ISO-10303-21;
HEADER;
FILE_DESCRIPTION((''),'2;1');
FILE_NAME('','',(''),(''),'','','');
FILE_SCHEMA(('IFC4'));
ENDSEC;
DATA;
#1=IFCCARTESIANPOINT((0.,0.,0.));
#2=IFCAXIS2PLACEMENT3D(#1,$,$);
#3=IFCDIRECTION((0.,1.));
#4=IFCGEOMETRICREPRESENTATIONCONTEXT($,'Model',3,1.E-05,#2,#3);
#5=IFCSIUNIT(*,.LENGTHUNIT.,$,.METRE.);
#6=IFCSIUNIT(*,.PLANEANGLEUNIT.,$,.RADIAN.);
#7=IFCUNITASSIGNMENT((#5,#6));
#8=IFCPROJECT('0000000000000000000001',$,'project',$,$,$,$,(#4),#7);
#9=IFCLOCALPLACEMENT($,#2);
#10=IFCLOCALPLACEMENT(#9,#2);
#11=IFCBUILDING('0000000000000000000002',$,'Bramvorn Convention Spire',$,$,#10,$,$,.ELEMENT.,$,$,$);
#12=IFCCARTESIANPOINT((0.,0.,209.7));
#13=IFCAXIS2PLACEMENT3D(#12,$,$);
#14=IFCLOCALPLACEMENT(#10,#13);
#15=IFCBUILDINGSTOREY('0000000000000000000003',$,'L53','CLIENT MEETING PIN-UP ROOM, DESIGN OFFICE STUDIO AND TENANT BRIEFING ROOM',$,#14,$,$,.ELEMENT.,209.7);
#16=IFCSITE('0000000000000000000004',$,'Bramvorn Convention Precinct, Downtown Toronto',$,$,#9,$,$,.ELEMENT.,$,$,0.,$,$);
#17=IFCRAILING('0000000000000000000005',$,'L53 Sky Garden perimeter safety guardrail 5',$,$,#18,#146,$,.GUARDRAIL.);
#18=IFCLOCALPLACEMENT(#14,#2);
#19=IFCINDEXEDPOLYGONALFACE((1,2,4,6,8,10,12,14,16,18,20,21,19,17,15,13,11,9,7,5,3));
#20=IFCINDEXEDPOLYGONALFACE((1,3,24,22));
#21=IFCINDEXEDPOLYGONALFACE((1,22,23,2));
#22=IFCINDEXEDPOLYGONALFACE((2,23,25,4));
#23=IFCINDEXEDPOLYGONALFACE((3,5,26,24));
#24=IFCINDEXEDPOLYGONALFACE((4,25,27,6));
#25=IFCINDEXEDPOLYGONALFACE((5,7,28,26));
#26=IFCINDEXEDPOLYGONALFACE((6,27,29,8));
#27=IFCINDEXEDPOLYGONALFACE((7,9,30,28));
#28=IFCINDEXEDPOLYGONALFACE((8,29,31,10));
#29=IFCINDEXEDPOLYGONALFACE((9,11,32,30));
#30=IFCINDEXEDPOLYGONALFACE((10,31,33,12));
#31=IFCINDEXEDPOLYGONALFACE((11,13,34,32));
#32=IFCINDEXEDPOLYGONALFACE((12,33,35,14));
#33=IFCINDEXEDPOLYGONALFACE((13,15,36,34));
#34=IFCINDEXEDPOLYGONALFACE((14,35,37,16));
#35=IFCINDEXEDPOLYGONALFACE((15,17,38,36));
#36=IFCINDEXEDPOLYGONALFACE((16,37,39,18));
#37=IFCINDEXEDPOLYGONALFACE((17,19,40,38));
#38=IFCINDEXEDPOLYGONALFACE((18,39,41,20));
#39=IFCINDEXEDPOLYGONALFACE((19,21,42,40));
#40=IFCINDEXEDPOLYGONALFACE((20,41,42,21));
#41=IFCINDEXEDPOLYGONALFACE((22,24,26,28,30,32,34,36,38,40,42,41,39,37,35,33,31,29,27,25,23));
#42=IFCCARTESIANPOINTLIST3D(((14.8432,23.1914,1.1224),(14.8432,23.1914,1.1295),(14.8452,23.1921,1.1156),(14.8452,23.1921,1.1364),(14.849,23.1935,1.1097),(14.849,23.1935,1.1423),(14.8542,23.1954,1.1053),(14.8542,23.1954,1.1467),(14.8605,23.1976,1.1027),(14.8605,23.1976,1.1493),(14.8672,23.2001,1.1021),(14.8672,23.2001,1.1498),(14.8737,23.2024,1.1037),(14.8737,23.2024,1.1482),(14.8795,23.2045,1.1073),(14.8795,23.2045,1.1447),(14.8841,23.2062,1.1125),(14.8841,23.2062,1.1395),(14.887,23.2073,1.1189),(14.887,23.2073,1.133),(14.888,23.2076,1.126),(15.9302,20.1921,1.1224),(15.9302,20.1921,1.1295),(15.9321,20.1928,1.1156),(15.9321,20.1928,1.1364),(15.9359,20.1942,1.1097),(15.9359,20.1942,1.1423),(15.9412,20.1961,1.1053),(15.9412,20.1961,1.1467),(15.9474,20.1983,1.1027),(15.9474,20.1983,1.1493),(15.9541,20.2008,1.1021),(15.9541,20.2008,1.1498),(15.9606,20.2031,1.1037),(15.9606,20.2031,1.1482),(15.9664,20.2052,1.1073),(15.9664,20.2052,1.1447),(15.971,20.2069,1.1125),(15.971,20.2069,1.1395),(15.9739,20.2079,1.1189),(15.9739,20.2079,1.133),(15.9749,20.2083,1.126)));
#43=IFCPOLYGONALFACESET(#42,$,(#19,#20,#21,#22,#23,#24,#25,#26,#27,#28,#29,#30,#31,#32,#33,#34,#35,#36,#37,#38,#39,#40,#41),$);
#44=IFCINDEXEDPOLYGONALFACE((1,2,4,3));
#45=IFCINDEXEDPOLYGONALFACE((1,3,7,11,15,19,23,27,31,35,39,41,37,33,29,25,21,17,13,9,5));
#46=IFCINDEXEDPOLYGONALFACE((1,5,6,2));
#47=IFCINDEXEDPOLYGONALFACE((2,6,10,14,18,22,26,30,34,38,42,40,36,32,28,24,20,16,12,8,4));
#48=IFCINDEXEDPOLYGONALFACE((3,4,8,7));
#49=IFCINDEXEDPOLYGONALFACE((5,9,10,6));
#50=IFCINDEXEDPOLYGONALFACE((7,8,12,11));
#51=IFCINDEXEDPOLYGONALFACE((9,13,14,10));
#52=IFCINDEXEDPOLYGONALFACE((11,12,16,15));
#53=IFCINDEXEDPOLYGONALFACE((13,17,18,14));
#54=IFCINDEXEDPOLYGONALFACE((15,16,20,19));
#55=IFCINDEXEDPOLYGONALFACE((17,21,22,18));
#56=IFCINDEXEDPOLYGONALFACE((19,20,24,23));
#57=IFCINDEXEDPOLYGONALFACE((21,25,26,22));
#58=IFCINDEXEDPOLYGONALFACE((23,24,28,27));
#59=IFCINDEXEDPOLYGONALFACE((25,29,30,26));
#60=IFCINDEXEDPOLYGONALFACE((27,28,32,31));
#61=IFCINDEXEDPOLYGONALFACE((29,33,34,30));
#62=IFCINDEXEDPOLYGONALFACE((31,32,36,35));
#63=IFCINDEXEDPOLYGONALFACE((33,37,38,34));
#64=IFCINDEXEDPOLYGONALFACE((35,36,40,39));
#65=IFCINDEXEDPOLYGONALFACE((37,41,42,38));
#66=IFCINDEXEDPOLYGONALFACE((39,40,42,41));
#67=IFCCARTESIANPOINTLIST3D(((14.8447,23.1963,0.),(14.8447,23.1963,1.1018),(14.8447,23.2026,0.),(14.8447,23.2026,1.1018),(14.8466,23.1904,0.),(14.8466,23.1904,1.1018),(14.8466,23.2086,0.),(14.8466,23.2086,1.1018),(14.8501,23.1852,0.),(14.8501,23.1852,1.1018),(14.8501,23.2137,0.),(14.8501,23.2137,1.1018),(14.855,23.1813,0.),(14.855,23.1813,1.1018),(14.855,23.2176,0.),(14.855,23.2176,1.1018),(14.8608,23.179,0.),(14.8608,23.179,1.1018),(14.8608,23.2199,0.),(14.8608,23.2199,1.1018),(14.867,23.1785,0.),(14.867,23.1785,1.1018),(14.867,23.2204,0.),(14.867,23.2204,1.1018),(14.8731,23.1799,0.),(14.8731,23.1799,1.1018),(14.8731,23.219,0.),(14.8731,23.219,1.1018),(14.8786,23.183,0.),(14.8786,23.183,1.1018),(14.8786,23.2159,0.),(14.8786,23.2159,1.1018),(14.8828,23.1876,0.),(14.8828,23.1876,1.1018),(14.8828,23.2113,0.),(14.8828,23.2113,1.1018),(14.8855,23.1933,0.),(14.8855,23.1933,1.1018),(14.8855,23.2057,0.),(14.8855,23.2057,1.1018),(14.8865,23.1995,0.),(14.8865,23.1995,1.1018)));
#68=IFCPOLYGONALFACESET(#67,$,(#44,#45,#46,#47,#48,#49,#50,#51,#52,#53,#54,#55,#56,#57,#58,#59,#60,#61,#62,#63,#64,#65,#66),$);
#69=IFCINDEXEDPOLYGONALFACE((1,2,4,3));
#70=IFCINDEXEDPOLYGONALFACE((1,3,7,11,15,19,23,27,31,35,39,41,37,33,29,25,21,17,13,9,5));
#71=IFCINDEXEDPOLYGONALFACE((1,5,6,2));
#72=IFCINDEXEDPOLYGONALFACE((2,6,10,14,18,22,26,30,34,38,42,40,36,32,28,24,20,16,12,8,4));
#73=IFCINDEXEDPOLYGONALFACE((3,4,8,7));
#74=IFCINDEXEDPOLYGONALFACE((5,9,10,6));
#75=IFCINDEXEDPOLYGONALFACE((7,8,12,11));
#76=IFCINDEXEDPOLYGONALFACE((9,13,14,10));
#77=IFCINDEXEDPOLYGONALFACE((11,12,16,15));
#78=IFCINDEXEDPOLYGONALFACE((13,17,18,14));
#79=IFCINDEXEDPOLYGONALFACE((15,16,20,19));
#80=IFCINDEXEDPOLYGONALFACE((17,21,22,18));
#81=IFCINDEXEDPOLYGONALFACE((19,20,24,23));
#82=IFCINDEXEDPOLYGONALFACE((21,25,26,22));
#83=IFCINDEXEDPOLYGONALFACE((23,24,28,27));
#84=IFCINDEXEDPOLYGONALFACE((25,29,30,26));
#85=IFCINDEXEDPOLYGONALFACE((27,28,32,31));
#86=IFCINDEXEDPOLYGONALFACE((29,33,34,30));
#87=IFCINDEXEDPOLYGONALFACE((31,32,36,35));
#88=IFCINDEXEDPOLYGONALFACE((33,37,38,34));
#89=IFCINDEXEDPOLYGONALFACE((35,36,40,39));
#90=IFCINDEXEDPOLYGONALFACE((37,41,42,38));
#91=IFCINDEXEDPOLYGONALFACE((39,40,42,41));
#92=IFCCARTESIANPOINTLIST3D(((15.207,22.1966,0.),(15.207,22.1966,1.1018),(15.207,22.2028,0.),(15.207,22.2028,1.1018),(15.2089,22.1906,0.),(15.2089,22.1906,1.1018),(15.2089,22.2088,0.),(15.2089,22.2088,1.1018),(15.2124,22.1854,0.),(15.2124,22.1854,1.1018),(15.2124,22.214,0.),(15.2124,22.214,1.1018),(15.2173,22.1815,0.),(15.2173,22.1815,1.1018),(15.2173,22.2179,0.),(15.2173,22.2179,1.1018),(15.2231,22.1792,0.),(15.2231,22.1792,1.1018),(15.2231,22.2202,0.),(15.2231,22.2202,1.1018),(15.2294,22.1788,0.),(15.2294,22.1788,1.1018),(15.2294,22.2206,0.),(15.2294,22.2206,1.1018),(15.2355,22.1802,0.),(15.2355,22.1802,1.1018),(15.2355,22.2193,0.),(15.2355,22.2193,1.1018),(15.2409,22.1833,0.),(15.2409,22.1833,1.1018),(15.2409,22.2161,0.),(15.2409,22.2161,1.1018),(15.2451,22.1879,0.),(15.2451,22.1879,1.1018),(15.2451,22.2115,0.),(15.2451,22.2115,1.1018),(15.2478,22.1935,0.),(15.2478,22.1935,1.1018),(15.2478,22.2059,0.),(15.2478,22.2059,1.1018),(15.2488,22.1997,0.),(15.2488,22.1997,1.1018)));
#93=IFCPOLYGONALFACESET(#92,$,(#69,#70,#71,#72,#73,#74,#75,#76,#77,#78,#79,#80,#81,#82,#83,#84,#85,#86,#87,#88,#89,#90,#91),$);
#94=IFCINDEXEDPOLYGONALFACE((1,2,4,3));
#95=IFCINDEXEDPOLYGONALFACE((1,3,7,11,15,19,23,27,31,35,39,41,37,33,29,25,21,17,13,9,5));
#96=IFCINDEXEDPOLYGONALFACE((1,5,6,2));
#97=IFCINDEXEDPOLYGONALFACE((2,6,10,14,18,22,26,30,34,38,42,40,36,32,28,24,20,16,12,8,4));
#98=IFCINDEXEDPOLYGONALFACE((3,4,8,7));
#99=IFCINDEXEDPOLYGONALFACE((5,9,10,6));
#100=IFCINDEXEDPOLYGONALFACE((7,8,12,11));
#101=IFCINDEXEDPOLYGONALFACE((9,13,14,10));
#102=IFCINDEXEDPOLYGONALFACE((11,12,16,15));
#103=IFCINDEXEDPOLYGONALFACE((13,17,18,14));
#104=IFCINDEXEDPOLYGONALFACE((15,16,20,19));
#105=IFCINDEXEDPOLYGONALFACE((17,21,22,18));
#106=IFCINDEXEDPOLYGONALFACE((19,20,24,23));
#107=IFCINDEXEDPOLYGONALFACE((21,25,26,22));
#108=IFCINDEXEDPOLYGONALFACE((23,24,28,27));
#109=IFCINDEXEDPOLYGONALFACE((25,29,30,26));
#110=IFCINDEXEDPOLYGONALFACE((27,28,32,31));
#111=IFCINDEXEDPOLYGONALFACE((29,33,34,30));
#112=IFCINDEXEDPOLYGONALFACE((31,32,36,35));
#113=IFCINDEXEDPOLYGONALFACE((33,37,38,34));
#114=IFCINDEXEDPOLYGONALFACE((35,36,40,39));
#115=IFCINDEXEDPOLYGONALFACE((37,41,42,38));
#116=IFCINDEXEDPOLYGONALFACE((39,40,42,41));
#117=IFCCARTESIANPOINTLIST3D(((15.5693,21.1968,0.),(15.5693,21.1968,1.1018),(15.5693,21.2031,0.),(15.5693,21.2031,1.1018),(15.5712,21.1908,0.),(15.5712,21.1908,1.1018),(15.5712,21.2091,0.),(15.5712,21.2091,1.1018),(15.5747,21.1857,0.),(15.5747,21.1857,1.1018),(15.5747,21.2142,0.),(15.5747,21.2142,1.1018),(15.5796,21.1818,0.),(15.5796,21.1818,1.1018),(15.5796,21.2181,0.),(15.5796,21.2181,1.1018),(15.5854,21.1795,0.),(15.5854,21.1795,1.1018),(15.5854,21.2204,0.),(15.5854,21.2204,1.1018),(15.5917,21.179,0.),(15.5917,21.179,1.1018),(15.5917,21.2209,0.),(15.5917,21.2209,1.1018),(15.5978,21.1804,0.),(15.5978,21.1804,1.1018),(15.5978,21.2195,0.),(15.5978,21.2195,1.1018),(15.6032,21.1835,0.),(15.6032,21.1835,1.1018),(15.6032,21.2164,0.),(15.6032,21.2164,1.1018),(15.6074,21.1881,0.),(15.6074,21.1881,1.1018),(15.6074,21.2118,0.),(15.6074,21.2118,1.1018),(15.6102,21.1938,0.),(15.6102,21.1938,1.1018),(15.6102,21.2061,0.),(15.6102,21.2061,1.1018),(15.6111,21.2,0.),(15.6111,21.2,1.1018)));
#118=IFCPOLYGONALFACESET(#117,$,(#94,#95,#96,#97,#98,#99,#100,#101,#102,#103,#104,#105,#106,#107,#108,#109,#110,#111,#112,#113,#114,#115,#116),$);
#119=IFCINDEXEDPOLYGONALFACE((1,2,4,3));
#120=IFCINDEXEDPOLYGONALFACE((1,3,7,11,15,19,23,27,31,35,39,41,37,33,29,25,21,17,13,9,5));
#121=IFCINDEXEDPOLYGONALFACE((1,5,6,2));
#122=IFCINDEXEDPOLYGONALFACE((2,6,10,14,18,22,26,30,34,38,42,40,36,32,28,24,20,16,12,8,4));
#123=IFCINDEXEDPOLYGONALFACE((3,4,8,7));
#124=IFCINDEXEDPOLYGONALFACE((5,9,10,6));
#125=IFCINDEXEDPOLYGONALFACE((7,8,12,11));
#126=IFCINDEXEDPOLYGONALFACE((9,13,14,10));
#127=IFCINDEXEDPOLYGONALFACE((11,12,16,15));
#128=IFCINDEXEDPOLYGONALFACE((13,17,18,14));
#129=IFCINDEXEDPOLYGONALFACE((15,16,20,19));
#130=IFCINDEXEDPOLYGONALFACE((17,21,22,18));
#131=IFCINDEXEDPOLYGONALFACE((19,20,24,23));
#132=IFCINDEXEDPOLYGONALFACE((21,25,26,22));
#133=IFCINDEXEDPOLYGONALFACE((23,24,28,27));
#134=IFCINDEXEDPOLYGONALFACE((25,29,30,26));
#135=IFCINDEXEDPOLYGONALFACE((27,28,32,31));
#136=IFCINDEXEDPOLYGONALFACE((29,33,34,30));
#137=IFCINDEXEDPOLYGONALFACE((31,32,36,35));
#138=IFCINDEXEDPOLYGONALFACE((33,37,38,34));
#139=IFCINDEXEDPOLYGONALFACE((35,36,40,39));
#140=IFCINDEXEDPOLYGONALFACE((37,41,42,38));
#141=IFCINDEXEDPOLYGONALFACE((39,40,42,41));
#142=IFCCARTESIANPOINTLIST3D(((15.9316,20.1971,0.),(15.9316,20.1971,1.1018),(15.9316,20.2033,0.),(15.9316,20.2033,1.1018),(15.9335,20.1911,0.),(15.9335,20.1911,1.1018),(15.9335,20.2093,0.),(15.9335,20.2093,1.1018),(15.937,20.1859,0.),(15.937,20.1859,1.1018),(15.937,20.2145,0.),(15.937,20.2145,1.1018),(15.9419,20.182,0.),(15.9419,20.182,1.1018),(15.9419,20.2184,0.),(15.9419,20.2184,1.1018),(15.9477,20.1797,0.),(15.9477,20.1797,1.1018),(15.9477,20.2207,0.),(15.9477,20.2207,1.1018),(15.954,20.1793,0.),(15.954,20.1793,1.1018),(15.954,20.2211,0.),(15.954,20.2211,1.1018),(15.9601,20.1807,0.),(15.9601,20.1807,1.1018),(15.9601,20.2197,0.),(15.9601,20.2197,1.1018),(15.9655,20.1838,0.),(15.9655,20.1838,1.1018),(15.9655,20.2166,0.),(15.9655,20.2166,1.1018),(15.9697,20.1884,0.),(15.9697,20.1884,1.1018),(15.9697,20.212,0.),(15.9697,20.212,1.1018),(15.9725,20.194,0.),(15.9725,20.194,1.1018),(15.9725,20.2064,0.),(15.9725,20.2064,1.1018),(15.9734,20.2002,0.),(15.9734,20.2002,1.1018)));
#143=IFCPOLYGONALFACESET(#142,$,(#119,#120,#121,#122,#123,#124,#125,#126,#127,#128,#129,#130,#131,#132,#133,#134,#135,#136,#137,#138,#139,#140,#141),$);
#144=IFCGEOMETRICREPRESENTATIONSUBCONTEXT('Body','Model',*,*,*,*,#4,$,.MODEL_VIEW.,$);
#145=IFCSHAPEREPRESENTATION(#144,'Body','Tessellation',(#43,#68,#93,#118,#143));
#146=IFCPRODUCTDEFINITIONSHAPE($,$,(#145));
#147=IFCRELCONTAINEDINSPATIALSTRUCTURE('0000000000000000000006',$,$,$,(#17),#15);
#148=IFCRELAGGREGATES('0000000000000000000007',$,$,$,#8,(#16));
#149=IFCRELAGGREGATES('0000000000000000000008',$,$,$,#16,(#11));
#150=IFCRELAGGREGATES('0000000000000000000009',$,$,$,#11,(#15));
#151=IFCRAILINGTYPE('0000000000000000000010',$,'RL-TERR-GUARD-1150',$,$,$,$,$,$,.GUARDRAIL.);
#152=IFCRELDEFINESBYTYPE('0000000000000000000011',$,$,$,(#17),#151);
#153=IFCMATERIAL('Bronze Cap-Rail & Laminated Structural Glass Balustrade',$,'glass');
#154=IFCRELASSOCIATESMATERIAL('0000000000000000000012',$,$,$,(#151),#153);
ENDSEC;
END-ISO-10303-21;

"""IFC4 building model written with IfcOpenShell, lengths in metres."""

from ifc_helpers import new_model, si_unit, direction, frame, origin, origin_2d, place, context, subcontext, project, spatial, circle, extrude, material, type_object, element, save


model = new_model("IFC4")

# Units and contexts
model_context = context("Model", 3, precision=1e-05, world=origin(), true_north=direction((0.0, 1.0)))
body_context = subcontext(model_context, "Body", "Model", "MODEL_VIEW")
ifc_project = project(units=[si_unit("LENGTHUNIT", "METRE"), si_unit("PLANEANGLEUNIT", "RADIAN")], contexts=[model_context])

# Site, building, storey
site_placement = place(None, origin())
site = spatial("IfcSite", under=ifc_project, at=site_placement, Name="Bramvorn Convention Precinct, Downtown Toronto", CompositionType="ELEMENT", RefElevation=0.0)
building_placement = place(site_placement, origin())
building = spatial("IfcBuilding", under=site, at=building_placement, Name="Bramvorn Convention Spire", CompositionType="ELEMENT")
storey_placement = place(building_placement, frame((0.0, 0.0, 209.7)))
storey = spatial("IfcBuildingStorey", under=building, at=storey_placement, Name="L53", Description="CLIENT MEETING PIN-UP ROOM, DESIGN OFFICE STUDIO AND TENANT BRIEFING ROOM", CompositionType="ELEMENT", Elevation=209.7)

# Railing
ifc_material_1 = material(Name="Bronze Cap-Rail & Laminated Structural Glass Balustrade", Category="glass")
railing_type = type_object("IfcRailingType", Name="RL-TERR-GUARD-1150", PredefinedType="GUARDRAIL", material=ifc_material_1)
railing_1_placement = place(storey_placement, frame((14.8655, 23.1995, 0.0)))
element("IfcRailing", 1, at=railing_1_placement, inside=storey, type_object=railing_type, Name="L53 Sky Garden perimeter safety guardrail 5", PredefinedType="GUARDRAIL", context=body_context, shape_type="SweptSolid", body=[
    extrude(circle(Radius=0.0239, at=origin_2d()), frame((0.0, 0.0, 1.126), z_axis=(0.340711, -0.940168, 0.0), x_axis=(0.940168, 0.340711, 0.0)), (0.0, 0.0, 1.0), 3.1902),
    extrude(circle(Radius=0.021, at=origin_2d()), origin(), (0.0, 0.0, 1.0), 1.1018),
    extrude(circle(Radius=0.021, at=origin_2d()), frame((0.3623, -0.9998, 0.0)), (0.0, 0.0, 1.0), 1.1018),
    extrude(circle(Radius=0.021, at=origin_2d()), frame((0.7246, -1.9995, 0.0)), (0.0, 0.0, 1.0), 1.1018),
    extrude(circle(Radius=0.021, at=origin_2d()), frame((1.0869, -2.9993, 0.0)), (0.0, 0.0, 1.0), 1.1018),
])

save(model, "model.ifc")
